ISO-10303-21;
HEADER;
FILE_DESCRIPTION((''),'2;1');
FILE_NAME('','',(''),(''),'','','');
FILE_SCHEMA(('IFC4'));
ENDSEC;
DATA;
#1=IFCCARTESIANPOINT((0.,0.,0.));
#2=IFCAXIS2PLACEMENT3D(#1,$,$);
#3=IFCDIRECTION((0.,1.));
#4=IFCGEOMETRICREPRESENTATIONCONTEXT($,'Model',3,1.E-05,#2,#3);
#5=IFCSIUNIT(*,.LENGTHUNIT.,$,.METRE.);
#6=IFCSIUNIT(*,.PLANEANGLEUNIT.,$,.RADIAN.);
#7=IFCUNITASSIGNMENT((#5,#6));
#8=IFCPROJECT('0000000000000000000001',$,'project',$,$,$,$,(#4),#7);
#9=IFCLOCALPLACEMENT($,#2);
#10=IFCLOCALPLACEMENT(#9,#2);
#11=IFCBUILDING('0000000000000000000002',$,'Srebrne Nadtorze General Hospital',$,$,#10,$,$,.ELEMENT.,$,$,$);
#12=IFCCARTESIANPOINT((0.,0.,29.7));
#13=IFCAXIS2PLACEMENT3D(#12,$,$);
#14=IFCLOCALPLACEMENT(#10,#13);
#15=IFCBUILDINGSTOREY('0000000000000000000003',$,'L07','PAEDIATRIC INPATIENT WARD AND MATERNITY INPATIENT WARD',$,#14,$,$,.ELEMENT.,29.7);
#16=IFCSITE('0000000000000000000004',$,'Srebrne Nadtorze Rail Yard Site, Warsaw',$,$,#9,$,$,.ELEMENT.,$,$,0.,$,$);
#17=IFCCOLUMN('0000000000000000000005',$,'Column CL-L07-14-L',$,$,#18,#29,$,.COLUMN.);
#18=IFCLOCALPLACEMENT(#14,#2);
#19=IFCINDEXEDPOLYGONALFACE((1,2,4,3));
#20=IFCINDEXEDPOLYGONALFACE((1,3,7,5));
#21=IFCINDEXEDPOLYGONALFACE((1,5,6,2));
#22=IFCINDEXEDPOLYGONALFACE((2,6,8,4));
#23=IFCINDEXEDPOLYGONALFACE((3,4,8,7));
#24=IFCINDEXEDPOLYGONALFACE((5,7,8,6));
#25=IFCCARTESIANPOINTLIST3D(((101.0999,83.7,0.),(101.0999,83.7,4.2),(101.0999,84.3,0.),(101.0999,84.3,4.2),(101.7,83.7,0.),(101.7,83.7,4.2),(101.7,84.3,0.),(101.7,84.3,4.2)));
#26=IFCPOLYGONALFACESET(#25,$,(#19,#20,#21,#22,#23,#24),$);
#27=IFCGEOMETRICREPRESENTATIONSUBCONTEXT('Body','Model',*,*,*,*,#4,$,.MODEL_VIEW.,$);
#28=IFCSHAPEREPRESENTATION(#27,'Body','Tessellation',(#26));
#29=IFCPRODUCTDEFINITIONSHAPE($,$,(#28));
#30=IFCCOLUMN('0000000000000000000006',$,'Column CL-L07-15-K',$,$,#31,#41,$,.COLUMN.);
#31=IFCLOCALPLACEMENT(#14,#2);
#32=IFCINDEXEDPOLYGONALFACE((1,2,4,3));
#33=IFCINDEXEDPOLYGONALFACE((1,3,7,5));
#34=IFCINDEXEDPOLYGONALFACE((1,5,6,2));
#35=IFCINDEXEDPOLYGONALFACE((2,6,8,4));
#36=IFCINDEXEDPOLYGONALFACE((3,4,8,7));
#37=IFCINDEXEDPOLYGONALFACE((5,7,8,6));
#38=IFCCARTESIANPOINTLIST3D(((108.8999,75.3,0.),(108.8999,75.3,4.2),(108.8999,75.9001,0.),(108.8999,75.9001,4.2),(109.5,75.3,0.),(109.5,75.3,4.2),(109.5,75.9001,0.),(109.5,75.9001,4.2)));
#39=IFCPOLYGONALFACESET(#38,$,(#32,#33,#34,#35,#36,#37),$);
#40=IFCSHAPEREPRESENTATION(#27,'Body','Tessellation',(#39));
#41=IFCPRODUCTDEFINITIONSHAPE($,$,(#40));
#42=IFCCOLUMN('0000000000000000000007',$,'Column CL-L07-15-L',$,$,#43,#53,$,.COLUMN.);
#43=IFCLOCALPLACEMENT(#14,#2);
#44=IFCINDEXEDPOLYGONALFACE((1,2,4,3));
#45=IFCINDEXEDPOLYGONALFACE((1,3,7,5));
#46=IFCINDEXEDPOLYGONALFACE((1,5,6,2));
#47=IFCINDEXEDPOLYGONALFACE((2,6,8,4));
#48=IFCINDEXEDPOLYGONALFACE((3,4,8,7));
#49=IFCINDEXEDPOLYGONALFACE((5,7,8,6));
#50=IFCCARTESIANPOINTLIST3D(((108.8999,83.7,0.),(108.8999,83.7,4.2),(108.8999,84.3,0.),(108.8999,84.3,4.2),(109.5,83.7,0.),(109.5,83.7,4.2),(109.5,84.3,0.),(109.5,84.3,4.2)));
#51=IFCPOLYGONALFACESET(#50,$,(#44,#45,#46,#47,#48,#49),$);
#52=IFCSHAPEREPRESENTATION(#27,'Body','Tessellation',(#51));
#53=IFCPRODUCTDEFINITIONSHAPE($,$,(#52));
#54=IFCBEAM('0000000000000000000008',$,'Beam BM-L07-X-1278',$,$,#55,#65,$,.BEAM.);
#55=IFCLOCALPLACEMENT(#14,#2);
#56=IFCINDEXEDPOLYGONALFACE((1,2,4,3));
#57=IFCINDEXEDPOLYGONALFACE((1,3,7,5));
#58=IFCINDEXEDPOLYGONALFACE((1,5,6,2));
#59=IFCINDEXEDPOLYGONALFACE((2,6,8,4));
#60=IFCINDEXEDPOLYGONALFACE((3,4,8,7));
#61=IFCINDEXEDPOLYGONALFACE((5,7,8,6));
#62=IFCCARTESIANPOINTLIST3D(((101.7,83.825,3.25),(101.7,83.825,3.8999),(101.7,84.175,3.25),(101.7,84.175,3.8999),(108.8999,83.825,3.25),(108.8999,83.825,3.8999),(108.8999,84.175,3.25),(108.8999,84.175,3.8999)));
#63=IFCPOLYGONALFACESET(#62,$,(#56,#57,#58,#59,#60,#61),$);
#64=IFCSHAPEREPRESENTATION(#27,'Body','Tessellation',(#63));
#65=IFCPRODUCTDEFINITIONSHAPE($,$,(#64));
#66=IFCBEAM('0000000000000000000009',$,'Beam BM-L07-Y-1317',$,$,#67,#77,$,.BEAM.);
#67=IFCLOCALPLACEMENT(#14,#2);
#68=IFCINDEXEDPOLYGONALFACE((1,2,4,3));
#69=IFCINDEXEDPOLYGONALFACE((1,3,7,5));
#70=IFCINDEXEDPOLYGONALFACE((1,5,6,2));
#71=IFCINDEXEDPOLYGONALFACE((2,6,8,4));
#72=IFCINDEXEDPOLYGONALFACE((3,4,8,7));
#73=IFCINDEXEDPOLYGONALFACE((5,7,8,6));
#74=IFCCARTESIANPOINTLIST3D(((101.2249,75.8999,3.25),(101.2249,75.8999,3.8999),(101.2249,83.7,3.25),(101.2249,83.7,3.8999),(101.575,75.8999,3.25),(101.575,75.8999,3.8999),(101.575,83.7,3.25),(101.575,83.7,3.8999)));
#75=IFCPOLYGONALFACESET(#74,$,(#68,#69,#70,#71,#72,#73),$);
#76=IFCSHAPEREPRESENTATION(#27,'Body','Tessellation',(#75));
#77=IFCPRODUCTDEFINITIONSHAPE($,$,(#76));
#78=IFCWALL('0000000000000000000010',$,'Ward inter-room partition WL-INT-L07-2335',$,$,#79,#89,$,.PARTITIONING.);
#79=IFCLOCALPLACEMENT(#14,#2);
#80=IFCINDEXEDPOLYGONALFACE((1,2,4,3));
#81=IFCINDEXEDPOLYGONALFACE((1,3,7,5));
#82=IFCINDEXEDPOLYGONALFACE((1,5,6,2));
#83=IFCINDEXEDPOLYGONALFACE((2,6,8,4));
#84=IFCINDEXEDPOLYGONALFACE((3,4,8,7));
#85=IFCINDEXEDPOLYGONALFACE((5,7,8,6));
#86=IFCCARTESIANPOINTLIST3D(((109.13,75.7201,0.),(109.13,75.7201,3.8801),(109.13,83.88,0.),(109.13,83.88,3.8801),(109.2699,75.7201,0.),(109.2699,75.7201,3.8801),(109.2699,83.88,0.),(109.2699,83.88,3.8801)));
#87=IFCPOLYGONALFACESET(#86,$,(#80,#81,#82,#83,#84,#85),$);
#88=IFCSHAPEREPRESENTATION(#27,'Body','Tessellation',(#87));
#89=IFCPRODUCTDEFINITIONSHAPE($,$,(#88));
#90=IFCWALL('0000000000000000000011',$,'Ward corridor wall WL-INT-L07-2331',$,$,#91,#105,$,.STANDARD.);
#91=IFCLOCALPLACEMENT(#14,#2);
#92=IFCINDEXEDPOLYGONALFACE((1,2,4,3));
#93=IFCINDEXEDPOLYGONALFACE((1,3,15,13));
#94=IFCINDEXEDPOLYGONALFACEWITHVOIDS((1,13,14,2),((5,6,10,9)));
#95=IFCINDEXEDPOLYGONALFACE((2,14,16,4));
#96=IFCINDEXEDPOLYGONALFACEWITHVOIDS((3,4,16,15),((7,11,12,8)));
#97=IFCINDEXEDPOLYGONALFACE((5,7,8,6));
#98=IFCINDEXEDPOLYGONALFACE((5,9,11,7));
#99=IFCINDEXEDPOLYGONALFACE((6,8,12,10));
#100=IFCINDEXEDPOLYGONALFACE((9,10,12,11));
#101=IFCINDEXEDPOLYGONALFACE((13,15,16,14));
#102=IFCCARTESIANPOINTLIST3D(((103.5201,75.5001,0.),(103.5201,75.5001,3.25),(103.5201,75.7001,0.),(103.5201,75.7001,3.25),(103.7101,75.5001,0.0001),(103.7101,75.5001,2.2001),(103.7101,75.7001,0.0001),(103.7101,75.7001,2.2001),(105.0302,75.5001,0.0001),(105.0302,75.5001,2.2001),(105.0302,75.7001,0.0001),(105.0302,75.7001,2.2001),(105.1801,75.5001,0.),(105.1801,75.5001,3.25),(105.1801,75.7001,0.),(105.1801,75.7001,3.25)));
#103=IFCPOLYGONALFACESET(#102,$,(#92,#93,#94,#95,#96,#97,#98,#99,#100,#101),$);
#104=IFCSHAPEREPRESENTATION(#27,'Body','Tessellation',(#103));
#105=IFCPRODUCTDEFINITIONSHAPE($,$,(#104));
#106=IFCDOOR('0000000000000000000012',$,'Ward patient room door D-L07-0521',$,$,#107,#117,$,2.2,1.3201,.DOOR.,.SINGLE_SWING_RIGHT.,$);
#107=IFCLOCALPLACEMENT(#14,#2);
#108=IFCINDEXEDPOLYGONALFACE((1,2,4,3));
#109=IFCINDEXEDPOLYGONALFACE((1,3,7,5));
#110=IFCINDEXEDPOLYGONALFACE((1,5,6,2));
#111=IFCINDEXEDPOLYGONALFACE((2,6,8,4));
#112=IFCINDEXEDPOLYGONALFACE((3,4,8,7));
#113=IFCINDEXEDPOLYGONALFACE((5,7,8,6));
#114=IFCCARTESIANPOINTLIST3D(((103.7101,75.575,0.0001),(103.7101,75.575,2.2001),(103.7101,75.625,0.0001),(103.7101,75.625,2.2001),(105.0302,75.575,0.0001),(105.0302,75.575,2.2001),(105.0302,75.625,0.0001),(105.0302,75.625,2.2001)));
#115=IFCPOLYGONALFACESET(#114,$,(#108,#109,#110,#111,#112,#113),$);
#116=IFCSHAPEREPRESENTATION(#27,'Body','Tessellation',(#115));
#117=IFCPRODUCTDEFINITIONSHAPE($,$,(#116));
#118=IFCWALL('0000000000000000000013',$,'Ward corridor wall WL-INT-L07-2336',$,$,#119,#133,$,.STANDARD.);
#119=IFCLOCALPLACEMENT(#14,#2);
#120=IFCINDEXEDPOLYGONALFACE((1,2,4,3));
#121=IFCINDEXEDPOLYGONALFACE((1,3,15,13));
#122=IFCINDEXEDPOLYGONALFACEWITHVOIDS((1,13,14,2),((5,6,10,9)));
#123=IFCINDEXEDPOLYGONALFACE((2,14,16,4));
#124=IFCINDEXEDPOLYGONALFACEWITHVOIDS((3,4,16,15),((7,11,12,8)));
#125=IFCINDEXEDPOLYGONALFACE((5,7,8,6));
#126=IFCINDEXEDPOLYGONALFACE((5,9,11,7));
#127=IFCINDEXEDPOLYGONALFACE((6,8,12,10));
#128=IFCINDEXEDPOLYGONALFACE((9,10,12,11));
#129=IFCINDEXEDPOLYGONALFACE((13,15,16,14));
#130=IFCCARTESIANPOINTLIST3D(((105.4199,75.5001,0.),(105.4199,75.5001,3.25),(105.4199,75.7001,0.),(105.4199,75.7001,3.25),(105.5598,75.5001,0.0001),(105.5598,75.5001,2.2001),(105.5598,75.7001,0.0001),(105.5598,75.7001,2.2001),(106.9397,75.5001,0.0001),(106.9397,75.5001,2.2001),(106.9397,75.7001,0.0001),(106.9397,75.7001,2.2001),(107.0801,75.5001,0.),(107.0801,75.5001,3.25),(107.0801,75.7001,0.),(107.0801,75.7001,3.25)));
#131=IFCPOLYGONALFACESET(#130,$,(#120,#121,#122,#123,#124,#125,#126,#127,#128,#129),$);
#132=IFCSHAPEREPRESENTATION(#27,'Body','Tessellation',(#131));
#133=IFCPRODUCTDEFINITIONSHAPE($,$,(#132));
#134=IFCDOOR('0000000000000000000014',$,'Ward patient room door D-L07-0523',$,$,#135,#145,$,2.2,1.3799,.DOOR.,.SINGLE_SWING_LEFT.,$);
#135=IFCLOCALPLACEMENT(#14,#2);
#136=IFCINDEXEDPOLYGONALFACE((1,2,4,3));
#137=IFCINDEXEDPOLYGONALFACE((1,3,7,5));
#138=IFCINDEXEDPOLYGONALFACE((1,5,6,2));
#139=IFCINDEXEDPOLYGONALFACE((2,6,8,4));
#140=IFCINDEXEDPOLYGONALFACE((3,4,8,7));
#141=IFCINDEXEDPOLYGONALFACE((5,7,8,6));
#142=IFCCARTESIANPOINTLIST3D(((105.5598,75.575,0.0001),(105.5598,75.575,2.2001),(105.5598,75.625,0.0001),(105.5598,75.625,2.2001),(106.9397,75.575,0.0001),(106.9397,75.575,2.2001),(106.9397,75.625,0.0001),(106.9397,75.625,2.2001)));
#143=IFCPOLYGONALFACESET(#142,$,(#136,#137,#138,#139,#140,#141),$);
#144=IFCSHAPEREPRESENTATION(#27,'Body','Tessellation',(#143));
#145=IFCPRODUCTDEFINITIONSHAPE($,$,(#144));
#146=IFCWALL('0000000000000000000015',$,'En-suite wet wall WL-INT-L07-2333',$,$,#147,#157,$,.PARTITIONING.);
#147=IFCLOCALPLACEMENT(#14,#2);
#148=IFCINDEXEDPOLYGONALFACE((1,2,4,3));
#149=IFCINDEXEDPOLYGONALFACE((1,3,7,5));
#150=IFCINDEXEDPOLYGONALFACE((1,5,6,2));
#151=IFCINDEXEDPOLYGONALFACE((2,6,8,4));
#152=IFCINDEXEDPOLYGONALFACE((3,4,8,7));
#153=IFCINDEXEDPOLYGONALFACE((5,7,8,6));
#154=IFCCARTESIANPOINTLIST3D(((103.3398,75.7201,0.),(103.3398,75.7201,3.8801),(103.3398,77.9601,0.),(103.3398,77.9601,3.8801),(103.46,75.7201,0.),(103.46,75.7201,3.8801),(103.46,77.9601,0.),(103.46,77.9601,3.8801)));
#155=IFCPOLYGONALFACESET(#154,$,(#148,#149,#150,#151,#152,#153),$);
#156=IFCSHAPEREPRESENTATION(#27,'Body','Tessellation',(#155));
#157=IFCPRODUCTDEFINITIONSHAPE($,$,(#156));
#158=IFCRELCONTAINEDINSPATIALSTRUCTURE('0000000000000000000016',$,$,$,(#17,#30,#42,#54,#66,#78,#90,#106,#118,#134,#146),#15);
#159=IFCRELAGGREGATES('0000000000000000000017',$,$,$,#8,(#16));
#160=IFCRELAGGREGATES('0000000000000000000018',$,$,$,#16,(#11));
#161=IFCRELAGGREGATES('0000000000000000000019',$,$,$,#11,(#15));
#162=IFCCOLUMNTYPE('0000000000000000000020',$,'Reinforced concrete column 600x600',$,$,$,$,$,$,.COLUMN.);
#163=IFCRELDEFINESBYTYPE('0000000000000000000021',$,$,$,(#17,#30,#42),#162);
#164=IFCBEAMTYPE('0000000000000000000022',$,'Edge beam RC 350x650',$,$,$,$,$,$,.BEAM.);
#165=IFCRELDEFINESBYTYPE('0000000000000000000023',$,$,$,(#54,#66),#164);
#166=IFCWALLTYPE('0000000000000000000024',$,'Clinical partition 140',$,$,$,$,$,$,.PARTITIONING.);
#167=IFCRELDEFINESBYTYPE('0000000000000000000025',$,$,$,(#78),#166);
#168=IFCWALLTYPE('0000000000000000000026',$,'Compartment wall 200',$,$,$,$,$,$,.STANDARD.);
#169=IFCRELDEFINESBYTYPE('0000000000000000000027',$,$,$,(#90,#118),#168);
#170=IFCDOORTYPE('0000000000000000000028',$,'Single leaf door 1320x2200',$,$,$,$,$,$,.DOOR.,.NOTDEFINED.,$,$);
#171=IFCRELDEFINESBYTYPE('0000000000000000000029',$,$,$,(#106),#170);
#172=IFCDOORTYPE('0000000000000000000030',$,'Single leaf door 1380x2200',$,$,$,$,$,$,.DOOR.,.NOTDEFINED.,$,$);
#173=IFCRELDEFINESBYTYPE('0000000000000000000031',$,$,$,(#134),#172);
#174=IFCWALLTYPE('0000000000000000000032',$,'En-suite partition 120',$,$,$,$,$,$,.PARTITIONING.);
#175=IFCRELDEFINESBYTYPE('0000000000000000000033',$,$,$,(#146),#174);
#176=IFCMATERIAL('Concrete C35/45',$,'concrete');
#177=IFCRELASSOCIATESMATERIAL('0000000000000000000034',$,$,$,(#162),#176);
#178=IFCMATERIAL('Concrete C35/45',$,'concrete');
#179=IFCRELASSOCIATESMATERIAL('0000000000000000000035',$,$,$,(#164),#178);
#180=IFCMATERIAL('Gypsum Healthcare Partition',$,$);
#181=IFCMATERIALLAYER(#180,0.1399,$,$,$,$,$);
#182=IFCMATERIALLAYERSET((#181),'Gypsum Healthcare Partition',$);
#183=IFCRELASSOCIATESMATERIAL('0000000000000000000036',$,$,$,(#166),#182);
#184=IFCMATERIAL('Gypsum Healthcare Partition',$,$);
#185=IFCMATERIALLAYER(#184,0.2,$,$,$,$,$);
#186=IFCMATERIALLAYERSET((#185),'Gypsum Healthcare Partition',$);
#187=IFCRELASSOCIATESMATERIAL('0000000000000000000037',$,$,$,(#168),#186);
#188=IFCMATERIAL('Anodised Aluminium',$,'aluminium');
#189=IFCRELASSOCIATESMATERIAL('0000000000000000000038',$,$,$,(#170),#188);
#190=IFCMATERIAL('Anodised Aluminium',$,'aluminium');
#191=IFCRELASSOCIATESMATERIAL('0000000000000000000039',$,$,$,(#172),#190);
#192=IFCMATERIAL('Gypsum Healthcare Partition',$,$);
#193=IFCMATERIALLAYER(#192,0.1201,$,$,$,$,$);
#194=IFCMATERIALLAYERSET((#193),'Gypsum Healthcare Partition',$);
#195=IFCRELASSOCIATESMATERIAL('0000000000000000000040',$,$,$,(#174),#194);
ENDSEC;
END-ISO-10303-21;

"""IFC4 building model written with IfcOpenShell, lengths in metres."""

from ifc_helpers import new_model, si_unit, direction, frame, frame_2d, origin, origin_2d, place, context, subcontext, project, spatial, rectangle, extrude, material, layer, layer_set, material_profile, profile_set, type_object, element, fill, save


model = new_model("IFC4")

# Units and contexts
model_context = context("Model", 3, precision=1e-05, world=origin(), true_north=direction((0.0, 1.0)))
body_context = subcontext(model_context, "Body", "Model", "MODEL_VIEW")
ifc_project = project(units=[si_unit("LENGTHUNIT", "METRE"), si_unit("PLANEANGLEUNIT", "RADIAN")], contexts=[model_context])

# Site, building, storey
site_placement = place(None, origin())
site = spatial("IfcSite", under=ifc_project, at=site_placement, Name="Srebrne Nadtorze Rail Yard Site, Warsaw", CompositionType="ELEMENT", RefElevation=0.0)
building_placement = place(site_placement, origin())
building = spatial("IfcBuilding", under=site, at=building_placement, Name="Srebrne Nadtorze General Hospital", CompositionType="ELEMENT")
storey_placement = place(building_placement, frame((0.0, 0.0, 29.7)))
storey = spatial("IfcBuildingStorey", under=building, at=storey_placement, Name="L07", Description="PAEDIATRIC INPATIENT WARD AND MATERNITY INPATIENT WARD", CompositionType="ELEMENT", Elevation=29.7)

# Columns
ifc_material_1 = material(Name="Concrete C35/45", Category="concrete")
ifc_material_profile_1 = material_profile(ifc_material_1, rectangle(XDim=0.6001, YDim=0.6001, at=origin_2d()), Name="RC-COL-600x600")
ifc_profile_set_1 = profile_set([ifc_material_profile_1], Name="Concrete C35/45")
column_type = type_object("IfcColumnType", Name="Reinforced concrete column 600x600", PredefinedType="COLUMN", material=ifc_profile_set_1)
for number, where, z_axis, x_axis, name in (
    (1, (101.3999, 84.0, 0.0), (0.0, 0.0, 1.0), (1.0, 0.0, 0.0), "Column CL-L07-14-L"),
    (2, (109.2, 75.6001, 0.0), (0.0, 0.0, 1.0), (1.0, 0.0, 0.0), "Column CL-L07-15-K"),
    (3, (109.2, 84.0, 0.0), (0.0, 0.0, 1.0), (1.0, 0.0, 0.0), "Column CL-L07-15-L"),
):
    element("IfcColumn", number, at=place(storey_placement, frame(where, z_axis=z_axis, x_axis=x_axis)), inside=storey, type_object=column_type, Name=name, PredefinedType="COLUMN", context=body_context, shape_type="SweptSolid", body=[
        extrude(rectangle(XDim=0.6001, YDim=0.6001, at=origin_2d()), origin(), (0.0, 0.0, 1.0), 4.2),
    ])

# Beams
ifc_material_2 = material(Name="Concrete C35/45", Category="concrete")
ifc_material_profile_2 = material_profile(ifc_material_2, rectangle(XDim=0.3501, YDim=0.6499, at=origin_2d()), Name="RC-BM-350x650")
ifc_profile_set_2 = profile_set([ifc_material_profile_2], Name="Concrete C35/45")
beam_type = type_object("IfcBeamType", Name="Edge beam RC 350x650", PredefinedType="BEAM", material=ifc_profile_set_2)
beam_1_placement = place(storey_placement, frame((101.7, 84.0, 3.575), z_axis=(1.0, 0.0, 0.0), x_axis=(0.0, 1.0, 0.0)))
element("IfcBeam", 4, at=beam_1_placement, inside=storey, type_object=beam_type, Name="Beam BM-L07-X-1278", PredefinedType="BEAM", context=body_context, shape_type="SweptSolid", body=[
    extrude(rectangle(XDim=0.3501, YDim=0.6499, at=origin_2d()), origin(), (0.0, 0.0, 1.0), 7.2),
])
beam_2_placement = place(storey_placement, frame((101.3999, 75.8999, 3.575), z_axis=(0.0, 1.0, 0.0), x_axis=(-1.0, 0.0, 0.0)))
element("IfcBeam", 5, at=beam_2_placement, inside=storey, type_object=beam_type, Name="Beam BM-L07-Y-1317", PredefinedType="BEAM", context=body_context, shape_type="SweptSolid", body=[
    extrude(rectangle(XDim=0.3501, YDim=0.6499, at=origin_2d()), origin(), (0.0, 0.0, 1.0), 7.8),
])

# Wall
ifc_material_3 = material(Name="Gypsum Healthcare Partition")
ifc_layer_1 = layer(ifc_material_3, 0.1399)
ifc_layer_set_1 = layer_set([ifc_layer_1], Name="Gypsum Healthcare Partition")
wall_type_1 = type_object("IfcWallType", Name="Clinical partition 140", PredefinedType="PARTITIONING", material=ifc_layer_set_1)
wall_1_placement = place(storey_placement, frame((109.2, 75.72, 0.0), z_axis=(0.0, 0.0, 1.0), x_axis=(0.0, 1.0, 0.0)))
element("IfcWall", 6, at=wall_1_placement, inside=storey, type_object=wall_type_1, Name="Ward inter-room partition WL-INT-L07-2335", PredefinedType="PARTITIONING", context=body_context, shape_type="SweptSolid", body=[
    extrude(rectangle(XDim=8.1599, YDim=0.1399, at=frame_2d((4.0801, 0.0))), origin(), (0.0, 0.0, 1.0), 3.8801),
])

# Walls, openings, doors
ifc_material_4 = material(Name="Gypsum Healthcare Partition")
ifc_layer_2 = layer(ifc_material_4, 0.2)
ifc_layer_set_2 = layer_set([ifc_layer_2], Name="Gypsum Healthcare Partition")
wall_type_2 = type_object("IfcWallType", Name="Compartment wall 200", PredefinedType="STANDARD", material=ifc_layer_set_2)
wall_2_placement = place(storey_placement, frame((103.52, 75.6001, 0.0), z_axis=(0.0, 0.0, 1.0), x_axis=(1.0, 0.0, 0.0)))
wall_2 = element("IfcWall", 7, at=wall_2_placement, inside=storey, type_object=wall_type_2, Name="Ward corridor wall WL-INT-L07-2331", PredefinedType="STANDARD", context=body_context, shape_type="SweptSolid", body=[
    extrude(rectangle(XDim=1.6599, YDim=0.2, at=frame_2d((0.8301, 0.0))), origin(), (0.0, 0.0, 1.0), 3.25),
])
opening_1_placement = place(wall_2_placement, frame((0.1899, 0.0, 0.0)))
opening_1 = element("IfcOpeningElement", 8, at=opening_1_placement, cuts=wall_2, PredefinedType="OPENING", context=body_context, shape_type="SweptSolid", body=[
    extrude(rectangle(XDim=1.3201, YDim=2.2, at=frame_2d((0.6602, 1.1001))), frame((0.0, 0.1118, 0.0), z_axis=(0.0, -1.0, 0.0), x_axis=(1.0, 0.0, 0.0)), (0.0, 0.0, 1.0), 0.2239),
])
ifc_material_5 = material(Name="Anodised Aluminium", Category="aluminium")
door_type_1 = type_object("IfcDoorType", Name="Single leaf door 1320x2200", OperationType="NOTDEFINED", PredefinedType="DOOR", material=ifc_material_5)
door_1_placement = place(opening_1_placement, origin())
door_1 = element("IfcDoor", 9, at=door_1_placement, inside=storey, type_object=door_type_1, Name="Ward patient room door D-L07-0521", OperationType="SINGLE_SWING_RIGHT", OverallHeight=2.2, OverallWidth=1.3201, PredefinedType="DOOR", context=body_context, shape_type="SweptSolid", body=[
    extrude(rectangle(XDim=1.3201, YDim=2.2, at=frame_2d((0.6602, 1.1001))), frame((0.0, 0.0249, 0.0), z_axis=(0.0, -1.0, 0.0), x_axis=(1.0, 0.0, 0.0)), (0.0, 0.0, 1.0), 0.05),
])
fill(opening_1, door_1)
wall_3_placement = place(storey_placement, frame((105.4199, 75.6001, 0.0), z_axis=(0.0, 0.0, 1.0), x_axis=(1.0, 0.0, 0.0)))
wall_3 = element("IfcWall", 10, at=wall_3_placement, inside=storey, type_object=wall_type_2, Name="Ward corridor wall WL-INT-L07-2336", PredefinedType="STANDARD", context=body_context, shape_type="SweptSolid", body=[
    extrude(rectangle(XDim=1.6602, YDim=0.2, at=frame_2d((0.8301, 0.0))), origin(), (0.0, 0.0, 1.0), 3.25),
])
opening_2_placement = place(wall_3_placement, frame((0.1399, 0.0, 0.0)))
opening_2 = element("IfcOpeningElement", 11, at=opening_2_placement, cuts=wall_3, PredefinedType="OPENING", context=body_context, shape_type="SweptSolid", body=[
    extrude(rectangle(XDim=1.3799, YDim=2.2, at=frame_2d((0.6899, 1.1001))), frame((0.0, 0.1118, 0.0), z_axis=(0.0, -1.0, 0.0), x_axis=(1.0, 0.0, 0.0)), (0.0, 0.0, 1.0), 0.2239),
])
ifc_material_6 = material(Name="Anodised Aluminium", Category="aluminium")
door_type_2 = type_object("IfcDoorType", Name="Single leaf door 1380x2200", OperationType="NOTDEFINED", PredefinedType="DOOR", material=ifc_material_6)
door_2_placement = place(opening_2_placement, origin())
door_2 = element("IfcDoor", 12, at=door_2_placement, inside=storey, type_object=door_type_2, Name="Ward patient room door D-L07-0523", OperationType="SINGLE_SWING_LEFT", OverallHeight=2.2, OverallWidth=1.3799, PredefinedType="DOOR", context=body_context, shape_type="SweptSolid", body=[
    extrude(rectangle(XDim=1.3799, YDim=2.2, at=frame_2d((0.6899, 1.1001))), frame((0.0, 0.0249, 0.0), z_axis=(0.0, -1.0, 0.0), x_axis=(1.0, 0.0, 0.0)), (0.0, 0.0, 1.0), 0.05),
])
fill(opening_2, door_2)

# Wall
ifc_material_7 = material(Name="Gypsum Healthcare Partition")
ifc_layer_3 = layer(ifc_material_7, 0.1201)
ifc_layer_set_3 = layer_set([ifc_layer_3], Name="Gypsum Healthcare Partition")
wall_type_3 = type_object("IfcWallType", Name="En-suite partition 120", PredefinedType="PARTITIONING", material=ifc_layer_set_3)
wall_4_placement = place(storey_placement, frame((103.3999, 75.72, 0.0), z_axis=(0.0, 0.0, 1.0), x_axis=(0.0, 1.0, 0.0)))
element("IfcWall", 13, at=wall_4_placement, inside=storey, type_object=wall_type_3, Name="En-suite wet wall WL-INT-L07-2333", PredefinedType="PARTITIONING", context=body_context, shape_type="SweptSolid", body=[
    extrude(rectangle(XDim=2.24, YDim=0.1201, at=frame_2d((1.1201, 0.0))), origin(), (0.0, 0.0, 1.0), 3.8801),
])

save(model, "model.ifc")
